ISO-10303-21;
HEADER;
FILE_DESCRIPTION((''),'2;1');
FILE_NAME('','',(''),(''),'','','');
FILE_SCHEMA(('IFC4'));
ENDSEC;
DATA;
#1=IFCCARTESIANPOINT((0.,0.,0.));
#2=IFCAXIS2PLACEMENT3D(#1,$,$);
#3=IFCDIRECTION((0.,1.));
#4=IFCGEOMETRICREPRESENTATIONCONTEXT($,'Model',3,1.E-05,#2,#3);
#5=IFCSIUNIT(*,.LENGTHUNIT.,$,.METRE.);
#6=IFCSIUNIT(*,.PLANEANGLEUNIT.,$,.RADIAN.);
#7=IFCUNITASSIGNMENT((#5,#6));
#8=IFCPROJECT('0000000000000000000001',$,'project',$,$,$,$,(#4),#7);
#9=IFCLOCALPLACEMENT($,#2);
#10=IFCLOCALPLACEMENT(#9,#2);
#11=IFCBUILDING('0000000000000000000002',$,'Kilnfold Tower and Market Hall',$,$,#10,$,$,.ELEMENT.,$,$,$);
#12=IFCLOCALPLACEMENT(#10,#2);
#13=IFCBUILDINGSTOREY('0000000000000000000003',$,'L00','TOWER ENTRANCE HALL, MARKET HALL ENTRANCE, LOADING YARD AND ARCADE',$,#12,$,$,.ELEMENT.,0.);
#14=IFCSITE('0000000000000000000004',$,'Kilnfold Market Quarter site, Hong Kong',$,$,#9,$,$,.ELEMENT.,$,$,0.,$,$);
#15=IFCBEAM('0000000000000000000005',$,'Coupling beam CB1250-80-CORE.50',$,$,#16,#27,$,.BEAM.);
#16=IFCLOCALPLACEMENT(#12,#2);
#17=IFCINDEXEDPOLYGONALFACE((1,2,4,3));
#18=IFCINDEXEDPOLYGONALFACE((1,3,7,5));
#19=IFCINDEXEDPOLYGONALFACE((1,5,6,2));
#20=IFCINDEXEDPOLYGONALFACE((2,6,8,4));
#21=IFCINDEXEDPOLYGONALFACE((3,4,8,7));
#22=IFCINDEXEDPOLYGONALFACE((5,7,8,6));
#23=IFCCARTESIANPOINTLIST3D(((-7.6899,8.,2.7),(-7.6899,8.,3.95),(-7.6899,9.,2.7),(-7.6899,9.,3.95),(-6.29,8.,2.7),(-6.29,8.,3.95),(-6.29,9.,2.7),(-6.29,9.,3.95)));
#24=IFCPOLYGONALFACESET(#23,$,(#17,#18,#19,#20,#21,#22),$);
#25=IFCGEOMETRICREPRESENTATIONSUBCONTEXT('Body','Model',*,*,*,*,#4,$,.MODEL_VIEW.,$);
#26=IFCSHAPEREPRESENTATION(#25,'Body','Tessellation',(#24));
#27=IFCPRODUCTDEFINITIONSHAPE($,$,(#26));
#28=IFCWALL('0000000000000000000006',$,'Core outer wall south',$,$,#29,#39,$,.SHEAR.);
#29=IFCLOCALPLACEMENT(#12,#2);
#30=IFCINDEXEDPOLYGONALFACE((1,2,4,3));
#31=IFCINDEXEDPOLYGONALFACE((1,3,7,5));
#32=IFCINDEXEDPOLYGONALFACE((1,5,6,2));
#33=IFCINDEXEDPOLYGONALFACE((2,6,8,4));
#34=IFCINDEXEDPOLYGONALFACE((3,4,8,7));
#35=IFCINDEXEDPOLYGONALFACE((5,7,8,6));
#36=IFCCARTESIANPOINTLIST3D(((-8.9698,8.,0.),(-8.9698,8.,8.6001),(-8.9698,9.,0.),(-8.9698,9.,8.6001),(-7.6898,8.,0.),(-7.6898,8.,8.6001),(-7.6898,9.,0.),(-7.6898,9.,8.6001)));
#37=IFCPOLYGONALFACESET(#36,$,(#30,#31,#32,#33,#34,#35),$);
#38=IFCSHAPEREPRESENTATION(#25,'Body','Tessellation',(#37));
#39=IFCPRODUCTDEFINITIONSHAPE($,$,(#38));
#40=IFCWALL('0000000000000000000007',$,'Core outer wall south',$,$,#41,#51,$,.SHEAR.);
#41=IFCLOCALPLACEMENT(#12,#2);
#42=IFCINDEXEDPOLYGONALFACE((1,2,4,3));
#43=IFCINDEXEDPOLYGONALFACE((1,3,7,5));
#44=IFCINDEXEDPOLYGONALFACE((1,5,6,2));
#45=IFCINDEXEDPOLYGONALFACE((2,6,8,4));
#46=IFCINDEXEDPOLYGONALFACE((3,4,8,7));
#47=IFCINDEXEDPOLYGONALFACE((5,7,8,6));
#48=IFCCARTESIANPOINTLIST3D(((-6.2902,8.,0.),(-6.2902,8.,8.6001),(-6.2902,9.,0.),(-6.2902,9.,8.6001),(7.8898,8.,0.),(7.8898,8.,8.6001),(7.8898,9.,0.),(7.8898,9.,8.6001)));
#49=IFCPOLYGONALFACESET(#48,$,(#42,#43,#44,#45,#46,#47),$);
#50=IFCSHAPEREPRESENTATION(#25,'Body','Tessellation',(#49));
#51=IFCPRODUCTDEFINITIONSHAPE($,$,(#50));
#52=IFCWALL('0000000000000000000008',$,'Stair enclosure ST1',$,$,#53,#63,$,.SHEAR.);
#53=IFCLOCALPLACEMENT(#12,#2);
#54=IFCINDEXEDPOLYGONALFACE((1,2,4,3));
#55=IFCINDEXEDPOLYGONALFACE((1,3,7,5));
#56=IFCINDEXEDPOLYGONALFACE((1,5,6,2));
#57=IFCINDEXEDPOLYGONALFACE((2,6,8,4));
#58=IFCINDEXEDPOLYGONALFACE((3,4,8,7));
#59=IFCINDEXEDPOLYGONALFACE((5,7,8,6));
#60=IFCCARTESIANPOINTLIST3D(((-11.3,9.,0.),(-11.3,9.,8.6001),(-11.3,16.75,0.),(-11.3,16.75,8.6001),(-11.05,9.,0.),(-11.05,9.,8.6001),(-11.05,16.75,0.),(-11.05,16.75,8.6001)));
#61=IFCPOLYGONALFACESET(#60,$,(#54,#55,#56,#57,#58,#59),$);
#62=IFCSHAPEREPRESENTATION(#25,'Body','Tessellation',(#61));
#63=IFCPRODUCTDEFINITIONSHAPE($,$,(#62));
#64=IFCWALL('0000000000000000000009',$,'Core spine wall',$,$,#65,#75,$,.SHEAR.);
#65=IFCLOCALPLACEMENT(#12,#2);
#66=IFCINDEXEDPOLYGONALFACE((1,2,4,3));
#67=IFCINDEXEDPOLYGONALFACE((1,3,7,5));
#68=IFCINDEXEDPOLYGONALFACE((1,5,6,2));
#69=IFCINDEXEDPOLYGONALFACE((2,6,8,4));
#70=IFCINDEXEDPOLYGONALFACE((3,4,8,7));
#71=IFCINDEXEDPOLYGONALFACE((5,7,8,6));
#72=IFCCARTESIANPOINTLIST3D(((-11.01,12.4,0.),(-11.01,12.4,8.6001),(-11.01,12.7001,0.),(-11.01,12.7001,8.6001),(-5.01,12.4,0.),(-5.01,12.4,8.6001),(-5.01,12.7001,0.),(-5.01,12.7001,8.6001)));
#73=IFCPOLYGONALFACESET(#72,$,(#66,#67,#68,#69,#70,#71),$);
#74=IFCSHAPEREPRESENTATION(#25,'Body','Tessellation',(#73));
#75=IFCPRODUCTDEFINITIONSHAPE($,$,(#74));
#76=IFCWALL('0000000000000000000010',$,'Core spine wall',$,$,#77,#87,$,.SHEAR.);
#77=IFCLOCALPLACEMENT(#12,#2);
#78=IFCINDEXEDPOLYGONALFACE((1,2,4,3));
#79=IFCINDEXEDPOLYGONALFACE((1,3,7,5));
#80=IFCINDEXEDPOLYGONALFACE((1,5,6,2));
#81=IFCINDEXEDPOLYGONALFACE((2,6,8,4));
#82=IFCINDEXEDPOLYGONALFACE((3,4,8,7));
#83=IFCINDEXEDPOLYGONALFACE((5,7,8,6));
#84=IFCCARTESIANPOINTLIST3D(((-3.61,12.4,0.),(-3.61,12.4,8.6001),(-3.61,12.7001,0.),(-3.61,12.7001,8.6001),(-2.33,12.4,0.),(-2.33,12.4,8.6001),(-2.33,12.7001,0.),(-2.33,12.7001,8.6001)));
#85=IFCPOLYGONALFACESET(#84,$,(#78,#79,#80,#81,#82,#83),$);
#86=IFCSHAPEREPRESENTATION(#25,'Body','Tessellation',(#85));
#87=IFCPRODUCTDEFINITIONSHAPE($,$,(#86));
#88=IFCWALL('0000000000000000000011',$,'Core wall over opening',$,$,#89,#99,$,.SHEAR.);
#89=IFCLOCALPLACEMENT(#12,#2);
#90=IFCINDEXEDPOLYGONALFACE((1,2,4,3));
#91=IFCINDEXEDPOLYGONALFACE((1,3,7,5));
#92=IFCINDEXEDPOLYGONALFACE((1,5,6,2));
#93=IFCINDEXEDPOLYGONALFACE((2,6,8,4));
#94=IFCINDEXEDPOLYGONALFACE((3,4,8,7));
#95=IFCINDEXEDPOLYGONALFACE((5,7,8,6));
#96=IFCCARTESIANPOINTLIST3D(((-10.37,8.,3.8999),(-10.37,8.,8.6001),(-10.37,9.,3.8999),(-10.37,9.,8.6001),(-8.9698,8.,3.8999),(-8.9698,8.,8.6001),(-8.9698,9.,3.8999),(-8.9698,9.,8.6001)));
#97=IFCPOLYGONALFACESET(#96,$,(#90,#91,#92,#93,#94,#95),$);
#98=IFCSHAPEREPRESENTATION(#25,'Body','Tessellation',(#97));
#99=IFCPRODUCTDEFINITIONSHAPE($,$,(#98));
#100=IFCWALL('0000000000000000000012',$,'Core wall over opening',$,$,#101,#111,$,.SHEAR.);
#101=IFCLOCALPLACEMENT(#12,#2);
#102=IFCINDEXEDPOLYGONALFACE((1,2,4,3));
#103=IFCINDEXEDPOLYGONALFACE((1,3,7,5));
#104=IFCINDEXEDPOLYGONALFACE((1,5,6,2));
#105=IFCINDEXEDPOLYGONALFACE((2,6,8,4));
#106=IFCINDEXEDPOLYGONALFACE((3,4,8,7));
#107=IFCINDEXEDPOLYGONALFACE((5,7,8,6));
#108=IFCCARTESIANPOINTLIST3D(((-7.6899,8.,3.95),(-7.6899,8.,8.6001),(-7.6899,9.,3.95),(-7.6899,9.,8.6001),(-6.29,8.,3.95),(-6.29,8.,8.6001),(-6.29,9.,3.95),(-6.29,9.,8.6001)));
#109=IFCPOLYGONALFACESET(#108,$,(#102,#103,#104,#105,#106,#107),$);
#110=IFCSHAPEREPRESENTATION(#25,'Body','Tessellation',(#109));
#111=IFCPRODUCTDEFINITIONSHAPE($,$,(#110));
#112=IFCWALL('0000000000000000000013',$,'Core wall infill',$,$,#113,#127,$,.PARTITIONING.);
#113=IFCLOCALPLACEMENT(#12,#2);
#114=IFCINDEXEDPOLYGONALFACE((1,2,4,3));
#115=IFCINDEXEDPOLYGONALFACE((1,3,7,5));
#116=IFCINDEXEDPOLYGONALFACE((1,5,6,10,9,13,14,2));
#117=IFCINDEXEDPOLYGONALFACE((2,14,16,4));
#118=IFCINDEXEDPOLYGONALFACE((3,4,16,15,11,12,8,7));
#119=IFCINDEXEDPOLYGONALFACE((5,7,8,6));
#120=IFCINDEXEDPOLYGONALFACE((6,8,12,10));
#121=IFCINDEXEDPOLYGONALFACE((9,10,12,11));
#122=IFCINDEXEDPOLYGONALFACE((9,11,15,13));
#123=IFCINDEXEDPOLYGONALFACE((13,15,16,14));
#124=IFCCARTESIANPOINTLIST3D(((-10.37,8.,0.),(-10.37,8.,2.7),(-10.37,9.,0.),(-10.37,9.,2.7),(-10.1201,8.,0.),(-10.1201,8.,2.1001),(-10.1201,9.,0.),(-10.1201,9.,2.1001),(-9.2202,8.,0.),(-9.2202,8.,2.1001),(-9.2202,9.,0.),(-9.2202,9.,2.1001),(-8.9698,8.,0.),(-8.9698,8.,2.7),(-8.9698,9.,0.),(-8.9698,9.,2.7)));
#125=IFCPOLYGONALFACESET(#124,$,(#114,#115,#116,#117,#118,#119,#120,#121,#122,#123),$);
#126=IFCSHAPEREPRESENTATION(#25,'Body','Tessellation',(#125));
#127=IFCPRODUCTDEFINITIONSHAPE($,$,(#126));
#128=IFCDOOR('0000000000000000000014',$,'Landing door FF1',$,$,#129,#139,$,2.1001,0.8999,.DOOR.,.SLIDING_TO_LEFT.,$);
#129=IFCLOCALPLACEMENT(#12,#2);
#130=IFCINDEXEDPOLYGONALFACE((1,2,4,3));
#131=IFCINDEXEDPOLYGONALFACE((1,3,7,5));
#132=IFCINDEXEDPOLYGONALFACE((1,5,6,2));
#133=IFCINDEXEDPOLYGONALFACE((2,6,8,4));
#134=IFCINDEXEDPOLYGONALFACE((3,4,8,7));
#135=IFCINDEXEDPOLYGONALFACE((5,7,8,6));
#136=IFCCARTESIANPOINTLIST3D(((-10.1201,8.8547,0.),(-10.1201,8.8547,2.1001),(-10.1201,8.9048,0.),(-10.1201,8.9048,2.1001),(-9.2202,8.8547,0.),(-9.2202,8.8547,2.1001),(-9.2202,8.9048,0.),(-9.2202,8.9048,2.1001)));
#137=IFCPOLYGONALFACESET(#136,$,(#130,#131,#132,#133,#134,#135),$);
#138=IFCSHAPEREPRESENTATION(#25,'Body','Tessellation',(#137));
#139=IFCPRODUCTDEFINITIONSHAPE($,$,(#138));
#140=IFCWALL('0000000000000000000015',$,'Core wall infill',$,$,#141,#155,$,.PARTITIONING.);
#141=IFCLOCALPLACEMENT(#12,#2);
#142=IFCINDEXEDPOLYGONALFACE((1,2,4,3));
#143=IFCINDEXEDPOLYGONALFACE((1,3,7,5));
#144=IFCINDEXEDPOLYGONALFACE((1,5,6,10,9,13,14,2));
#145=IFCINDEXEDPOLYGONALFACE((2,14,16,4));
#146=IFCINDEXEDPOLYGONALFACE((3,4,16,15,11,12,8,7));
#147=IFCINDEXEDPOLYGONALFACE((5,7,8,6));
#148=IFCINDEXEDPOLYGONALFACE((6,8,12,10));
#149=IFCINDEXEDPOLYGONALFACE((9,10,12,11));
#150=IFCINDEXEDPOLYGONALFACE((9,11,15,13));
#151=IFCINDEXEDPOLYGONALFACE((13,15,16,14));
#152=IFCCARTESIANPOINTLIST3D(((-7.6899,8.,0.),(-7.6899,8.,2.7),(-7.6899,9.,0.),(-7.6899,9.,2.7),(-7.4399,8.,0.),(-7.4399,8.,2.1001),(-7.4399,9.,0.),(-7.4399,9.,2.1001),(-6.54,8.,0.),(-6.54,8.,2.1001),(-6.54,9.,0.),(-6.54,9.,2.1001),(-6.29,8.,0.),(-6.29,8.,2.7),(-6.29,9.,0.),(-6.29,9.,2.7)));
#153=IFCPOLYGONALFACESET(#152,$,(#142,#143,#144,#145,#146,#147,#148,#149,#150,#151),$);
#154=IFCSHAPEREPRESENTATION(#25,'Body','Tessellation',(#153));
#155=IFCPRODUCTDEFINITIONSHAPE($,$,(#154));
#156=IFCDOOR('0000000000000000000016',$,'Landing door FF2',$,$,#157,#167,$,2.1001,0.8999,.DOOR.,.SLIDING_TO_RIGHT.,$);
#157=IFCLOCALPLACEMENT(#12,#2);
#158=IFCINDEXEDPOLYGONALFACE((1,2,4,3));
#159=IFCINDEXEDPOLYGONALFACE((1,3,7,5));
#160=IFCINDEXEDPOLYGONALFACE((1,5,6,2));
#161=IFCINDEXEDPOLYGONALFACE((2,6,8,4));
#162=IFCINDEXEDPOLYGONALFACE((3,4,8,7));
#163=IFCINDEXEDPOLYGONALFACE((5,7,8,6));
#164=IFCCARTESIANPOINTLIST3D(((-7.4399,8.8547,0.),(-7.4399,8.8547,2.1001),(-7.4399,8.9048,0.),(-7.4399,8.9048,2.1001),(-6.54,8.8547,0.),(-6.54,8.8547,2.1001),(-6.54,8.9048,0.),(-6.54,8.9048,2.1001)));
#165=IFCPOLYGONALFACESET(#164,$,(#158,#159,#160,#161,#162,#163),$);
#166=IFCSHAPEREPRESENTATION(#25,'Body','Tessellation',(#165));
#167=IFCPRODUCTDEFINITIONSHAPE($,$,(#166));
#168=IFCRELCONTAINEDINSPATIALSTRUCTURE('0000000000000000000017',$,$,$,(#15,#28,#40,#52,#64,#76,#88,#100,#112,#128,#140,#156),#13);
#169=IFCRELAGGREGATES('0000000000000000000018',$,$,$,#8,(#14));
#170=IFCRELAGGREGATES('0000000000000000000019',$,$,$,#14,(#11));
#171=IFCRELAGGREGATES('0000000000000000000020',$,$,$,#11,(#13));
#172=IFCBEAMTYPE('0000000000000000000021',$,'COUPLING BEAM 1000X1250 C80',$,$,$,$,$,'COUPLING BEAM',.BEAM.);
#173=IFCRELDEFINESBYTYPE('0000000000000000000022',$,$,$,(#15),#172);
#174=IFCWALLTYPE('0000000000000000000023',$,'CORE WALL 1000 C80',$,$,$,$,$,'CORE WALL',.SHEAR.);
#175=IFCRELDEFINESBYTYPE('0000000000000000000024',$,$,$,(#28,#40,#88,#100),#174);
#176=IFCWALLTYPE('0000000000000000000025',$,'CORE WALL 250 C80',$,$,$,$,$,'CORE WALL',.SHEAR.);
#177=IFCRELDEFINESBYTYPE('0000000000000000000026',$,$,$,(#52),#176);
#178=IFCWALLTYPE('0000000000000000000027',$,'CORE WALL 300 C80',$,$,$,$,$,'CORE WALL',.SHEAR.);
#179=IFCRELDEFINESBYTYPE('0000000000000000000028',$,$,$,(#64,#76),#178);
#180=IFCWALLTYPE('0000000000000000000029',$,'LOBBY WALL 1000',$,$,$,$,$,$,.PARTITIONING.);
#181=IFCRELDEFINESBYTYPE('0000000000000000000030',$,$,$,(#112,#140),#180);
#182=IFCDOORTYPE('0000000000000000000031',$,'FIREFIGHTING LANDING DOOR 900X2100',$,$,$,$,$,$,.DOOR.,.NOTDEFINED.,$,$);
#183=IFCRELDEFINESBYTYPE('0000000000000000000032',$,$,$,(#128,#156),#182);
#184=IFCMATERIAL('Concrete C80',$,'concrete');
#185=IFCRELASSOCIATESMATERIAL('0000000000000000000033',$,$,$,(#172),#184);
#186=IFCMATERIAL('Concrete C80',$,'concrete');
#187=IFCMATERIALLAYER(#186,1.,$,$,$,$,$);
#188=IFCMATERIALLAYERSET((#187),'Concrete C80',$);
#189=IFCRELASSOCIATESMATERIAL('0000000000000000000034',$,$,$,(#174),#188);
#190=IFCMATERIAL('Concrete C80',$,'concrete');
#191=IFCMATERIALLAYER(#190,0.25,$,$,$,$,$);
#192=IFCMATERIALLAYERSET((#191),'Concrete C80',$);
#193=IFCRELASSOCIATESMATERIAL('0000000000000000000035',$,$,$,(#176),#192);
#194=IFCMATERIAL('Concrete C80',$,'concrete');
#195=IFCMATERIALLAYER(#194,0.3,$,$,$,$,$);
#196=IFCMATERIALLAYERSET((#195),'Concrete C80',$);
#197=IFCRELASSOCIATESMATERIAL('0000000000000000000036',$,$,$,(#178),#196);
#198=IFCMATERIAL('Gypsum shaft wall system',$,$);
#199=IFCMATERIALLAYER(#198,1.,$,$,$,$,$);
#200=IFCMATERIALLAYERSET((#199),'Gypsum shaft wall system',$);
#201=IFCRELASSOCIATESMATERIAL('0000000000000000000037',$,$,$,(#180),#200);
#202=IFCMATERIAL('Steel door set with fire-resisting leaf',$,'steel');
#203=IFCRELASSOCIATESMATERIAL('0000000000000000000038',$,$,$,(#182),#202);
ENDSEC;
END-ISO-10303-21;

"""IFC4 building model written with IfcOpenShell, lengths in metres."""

from ifc_helpers import new_model, si_unit, direction, frame, frame_2d, origin, origin_2d, place, context, subcontext, project, spatial, rectangle, extrude, source, transform, mapped, material, layer, layer_set, material_profile, profile_set, type_object, element, fill, save


model = new_model("IFC4")

# Units and contexts
model_context = context("Model", 3, precision=1e-05, world=origin(), true_north=direction((0.0, 1.0)))
body_context = subcontext(model_context, "Body", "Model", "MODEL_VIEW")
ifc_project = project(units=[si_unit("LENGTHUNIT", "METRE"), si_unit("PLANEANGLEUNIT", "RADIAN")], contexts=[model_context])

# Site, building, storey
site_placement = place(None, origin())
site = spatial("IfcSite", under=ifc_project, at=site_placement, Name="Kilnfold Market Quarter site, Hong Kong", CompositionType="ELEMENT", RefElevation=0.0)
building_placement = place(site_placement, origin())
building = spatial("IfcBuilding", under=site, at=building_placement, Name="Kilnfold Tower and Market Hall", CompositionType="ELEMENT")
storey_placement = place(building_placement, origin())
storey = spatial("IfcBuildingStorey", under=building, at=storey_placement, Name="L00", Description="TOWER ENTRANCE HALL, MARKET HALL ENTRANCE, LOADING YARD AND ARCADE", CompositionType="ELEMENT", Elevation=0.0)

# Beam
ifc_material_1 = material(Name="Concrete C80", Category="concrete")
ifc_material_profile = material_profile(ifc_material_1, rectangle(XDim=1.0, YDim=1.25, at=origin_2d()), Name="RC 1000x1250")
ifc_profile_set = profile_set([ifc_material_profile], Name="Concrete C80")
beam_type = type_object("IfcBeamType", Name="COUPLING BEAM 1000X1250 C80", ElementType="COUPLING BEAM", PredefinedType="BEAM", material=ifc_profile_set)
shared_shape_1 = source(origin(), body_context, "Body", "SweptSolid", [
    extrude(rectangle(XDim=1.0, YDim=1.25, at=origin_2d()), origin(), (0.0, 0.0, 1.0), 1.3999),
])
beam_placement = place(storey_placement, frame((-7.6899, 8.5, 3.325), z_axis=(1.0, 0.0, 0.0), x_axis=(0.0, 1.0, 0.0)))
element("IfcBeam", 1, at=beam_placement, inside=storey, type_object=beam_type, Name="Coupling beam CB1250-80-CORE.50", PredefinedType="BEAM", context=body_context, shape_type="MappedRepresentation", body=[
    mapped(shared_shape_1, transform((0.0, 0.0, 0.0))),
])

# Walls
ifc_material_2 = material(Name="Concrete C80", Category="concrete")
ifc_layer_1 = layer(ifc_material_2, 1.0)
ifc_layer_set_1 = layer_set([ifc_layer_1], Name="Concrete C80")
wall_type_1 = type_object("IfcWallType", Name="CORE WALL 1000 C80", ElementType="CORE WALL", PredefinedType="SHEAR", material=ifc_layer_set_1)
shared_shape_2 = source(origin(), body_context, "Body", "SweptSolid", [
    extrude(rectangle(XDim=1.28, YDim=1.0, at=frame_2d((0.6401, 0.0))), origin(), (0.0, 0.0, 1.0), 8.6001),
])
wall_1_placement = place(storey_placement, frame((-8.97, 8.5, 0.0), z_axis=(0.0, 0.0, 1.0), x_axis=(1.0, 0.0, 0.0)))
element("IfcWall", 2, at=wall_1_placement, inside=storey, type_object=wall_type_1, Name="Core outer wall south", PredefinedType="SHEAR", context=body_context, shape_type="MappedRepresentation", body=[
    mapped(shared_shape_2, transform((0.0, 0.0, 0.0))),
])
shared_shape_3 = source(origin(), body_context, "Body", "SweptSolid", [
    extrude(rectangle(XDim=14.1799, YDim=1.0, at=frame_2d((7.0898, 0.0))), origin(), (0.0, 0.0, 1.0), 8.6001),
])
wall_2_placement = place(storey_placement, frame((-6.29, 8.5, 0.0), z_axis=(0.0, 0.0, 1.0), x_axis=(1.0, 0.0, 0.0)))
element("IfcWall", 3, at=wall_2_placement, inside=storey, type_object=wall_type_1, Name="Core outer wall south", PredefinedType="SHEAR", context=body_context, shape_type="MappedRepresentation", body=[
    mapped(shared_shape_3, transform((0.0, 0.0, 0.0))),
])
ifc_material_3 = material(Name="Concrete C80", Category="concrete")
ifc_layer_2 = layer(ifc_material_3, 0.25)
ifc_layer_set_2 = layer_set([ifc_layer_2], Name="Concrete C80")
wall_type_2 = type_object("IfcWallType", Name="CORE WALL 250 C80", ElementType="CORE WALL", PredefinedType="SHEAR", material=ifc_layer_set_2)
shared_shape_4 = source(origin(), body_context, "Body", "SweptSolid", [
    extrude(rectangle(XDim=7.75, YDim=0.25, at=frame_2d((3.875, 0.0))), origin(), (0.0, 0.0, 1.0), 8.6001),
])
wall_3_placement = place(storey_placement, frame((-11.175, 9.0, 0.0), z_axis=(0.0, 0.0, 1.0), x_axis=(0.0, 1.0, 0.0)))
element("IfcWall", 4, at=wall_3_placement, inside=storey, type_object=wall_type_2, Name="Stair enclosure ST1", PredefinedType="SHEAR", context=body_context, shape_type="MappedRepresentation", body=[
    mapped(shared_shape_4, transform((0.0, 0.0, 0.0))),
])
ifc_material_4 = material(Name="Concrete C80", Category="concrete")
ifc_layer_3 = layer(ifc_material_4, 0.3)
ifc_layer_set_3 = layer_set([ifc_layer_3], Name="Concrete C80")
wall_type_3 = type_object("IfcWallType", Name="CORE WALL 300 C80", ElementType="CORE WALL", PredefinedType="SHEAR", material=ifc_layer_set_3)
shared_shape_5 = source(origin(), body_context, "Body", "SweptSolid", [
    extrude(rectangle(XDim=6.0, YDim=0.3, at=frame_2d((3.0, 0.0))), origin(), (0.0, 0.0, 1.0), 8.6001),
])
wall_4_placement = place(storey_placement, frame((-11.01, 12.55, 0.0), z_axis=(0.0, 0.0, 1.0), x_axis=(1.0, 0.0, 0.0)))
element("IfcWall", 5, at=wall_4_placement, inside=storey, type_object=wall_type_3, Name="Core spine wall", PredefinedType="SHEAR", context=body_context, shape_type="MappedRepresentation", body=[
    mapped(shared_shape_5, transform((0.0, 0.0, 0.0))),
])
shared_shape_6 = source(origin(), body_context, "Body", "SweptSolid", [
    extrude(rectangle(XDim=1.28, YDim=0.3, at=frame_2d((0.6401, 0.0))), origin(), (0.0, 0.0, 1.0), 8.6001),
])
wall_5_placement = place(storey_placement, frame((-3.6101, 12.55, 0.0), z_axis=(0.0, 0.0, 1.0), x_axis=(1.0, 0.0, 0.0)))
element("IfcWall", 6, at=wall_5_placement, inside=storey, type_object=wall_type_3, Name="Core spine wall", PredefinedType="SHEAR", context=body_context, shape_type="MappedRepresentation", body=[
    mapped(shared_shape_6, transform((0.0, 0.0, 0.0))),
])
shared_shape_7 = source(origin(), body_context, "Body", "SweptSolid", [
    extrude(rectangle(XDim=1.4001, YDim=1.0, at=frame_2d((0.7002, 0.0))), origin(), (0.0, 0.0, 1.0), 4.7002),
])
wall_6_placement = place(storey_placement, frame((-10.3701, 8.5, 3.8999), z_axis=(0.0, 0.0, 1.0), x_axis=(1.0, 0.0, 0.0)))
element("IfcWall", 7, at=wall_6_placement, inside=storey, type_object=wall_type_1, Name="Core wall over opening", PredefinedType="SHEAR", context=body_context, shape_type="MappedRepresentation", body=[
    mapped(shared_shape_7, transform((0.0, 0.0, 0.0))),
])
shared_shape_8 = source(origin(), body_context, "Body", "SweptSolid", [
    extrude(rectangle(XDim=1.3999, YDim=1.0, at=frame_2d((0.7, 0.0))), origin(), (0.0, 0.0, 1.0), 4.6501),
])
wall_7_placement = place(storey_placement, frame((-7.6899, 8.5, 3.95), z_axis=(0.0, 0.0, 1.0), x_axis=(1.0, 0.0, 0.0)))
element("IfcWall", 8, at=wall_7_placement, inside=storey, type_object=wall_type_1, Name="Core wall over opening", PredefinedType="SHEAR", context=body_context, shape_type="MappedRepresentation", body=[
    mapped(shared_shape_8, transform((0.0, 0.0, 0.0))),
])

# Walls, openings, doors
ifc_material_5 = material(Name="Gypsum shaft wall system")
ifc_layer_4 = layer(ifc_material_5, 1.0)
ifc_layer_set_4 = layer_set([ifc_layer_4], Name="Gypsum shaft wall system")
wall_type_4 = type_object("IfcWallType", Name="LOBBY WALL 1000", PredefinedType="PARTITIONING", material=ifc_layer_set_4)
shared_shape_9 = source(origin(), body_context, "Body", "SweptSolid", [
    extrude(rectangle(XDim=1.4001, YDim=1.0, at=frame_2d((0.7002, 0.0))), origin(), (0.0, 0.0, 1.0), 2.7),
])
wall_8_placement = place(storey_placement, frame((-10.3701, 8.5, 0.0), z_axis=(0.0, 0.0, 1.0), x_axis=(1.0, 0.0, 0.0)))
wall_8 = element("IfcWall", 9, at=wall_8_placement, inside=storey, type_object=wall_type_4, Name="Core wall infill", PredefinedType="PARTITIONING", context=body_context, shape_type="MappedRepresentation", body=[
    mapped(shared_shape_9, transform((0.0, 0.0, 0.0))),
])
opening_1_placement = place(wall_8_placement, frame((0.25, 0.0, 0.0)))
opening_1 = element("IfcOpeningElement", 10, at=opening_1_placement, cuts=wall_8, PredefinedType="OPENING", context=body_context, shape_type="SweptSolid", body=[
    extrude(rectangle(XDim=0.8999, YDim=2.1001, at=frame_2d((0.45, 1.05))), frame((0.0, 0.51, 0.0), z_axis=(0.0, -1.0, 0.0), x_axis=(1.0, 0.0, 0.0)), (0.0, 0.0, 1.0), 1.02),
])
ifc_material_6 = material(Name="Steel door set with fire-resisting leaf", Category="steel")
door_type_1 = type_object("IfcDoorType", Name="FIREFIGHTING LANDING DOOR 900X2100", OperationType="NOTDEFINED", PredefinedType="DOOR", material=ifc_material_6)
door_1_placement = place(opening_1_placement, origin())
door_1 = element("IfcDoor", 11, at=door_1_placement, inside=storey, type_object=door_type_1, Name="Landing door FF1", OperationType="SLIDING_TO_LEFT", OverallHeight=2.1001, OverallWidth=0.8999, PredefinedType="DOOR", context=body_context, shape_type="SweptSolid", body=[
    extrude(rectangle(XDim=0.8999, YDim=2.1001, at=frame_2d((0.45, 1.05))), frame((0.0, 0.4048, 0.0), z_axis=(0.0, -1.0, 0.0), x_axis=(1.0, 0.0, 0.0)), (0.0, 0.0, 1.0), 0.05),
])
fill(opening_1, door_1)
shared_shape_10 = source(origin(), body_context, "Body", "SweptSolid", [
    extrude(rectangle(XDim=1.3999, YDim=1.0, at=frame_2d((0.7, 0.0))), origin(), (0.0, 0.0, 1.0), 2.7),
])
wall_9_placement = place(storey_placement, frame((-7.6899, 8.5, 0.0), z_axis=(0.0, 0.0, 1.0), x_axis=(1.0, 0.0, 0.0)))
wall_9 = element("IfcWall", 12, at=wall_9_placement, inside=storey, type_object=wall_type_4, Name="Core wall infill", PredefinedType="PARTITIONING", context=body_context, shape_type="MappedRepresentation", body=[
    mapped(shared_shape_10, transform((0.0, 0.0, 0.0))),
])
opening_2_placement = place(wall_9_placement, frame((0.25, 0.0, 0.0)))
opening_2 = element("IfcOpeningElement", 13, at=opening_2_placement, cuts=wall_9, PredefinedType="OPENING", context=body_context, shape_type="SweptSolid", body=[
    extrude(rectangle(XDim=0.8999, YDim=2.1001, at=frame_2d((0.45, 1.05))), frame((0.0, 0.51, 0.0), z_axis=(0.0, -1.0, 0.0), x_axis=(1.0, 0.0, 0.0)), (0.0, 0.0, 1.0), 1.02),
])
door_2_placement = place(opening_2_placement, origin())
door_2 = element("IfcDoor", 14, at=door_2_placement, inside=storey, type_object=door_type_1, Name="Landing door FF2", OperationType="SLIDING_TO_RIGHT", OverallHeight=2.1001, OverallWidth=0.8999, PredefinedType="DOOR", context=body_context, shape_type="SweptSolid", body=[
    extrude(rectangle(XDim=0.8999, YDim=2.1001, at=frame_2d((0.45, 1.05))), frame((0.0, 0.4048, 0.0), z_axis=(0.0, -1.0, 0.0), x_axis=(1.0, 0.0, 0.0)), (0.0, 0.0, 1.0), 0.05),
])
fill(opening_2, door_2)

save(model, "model.ifc")
